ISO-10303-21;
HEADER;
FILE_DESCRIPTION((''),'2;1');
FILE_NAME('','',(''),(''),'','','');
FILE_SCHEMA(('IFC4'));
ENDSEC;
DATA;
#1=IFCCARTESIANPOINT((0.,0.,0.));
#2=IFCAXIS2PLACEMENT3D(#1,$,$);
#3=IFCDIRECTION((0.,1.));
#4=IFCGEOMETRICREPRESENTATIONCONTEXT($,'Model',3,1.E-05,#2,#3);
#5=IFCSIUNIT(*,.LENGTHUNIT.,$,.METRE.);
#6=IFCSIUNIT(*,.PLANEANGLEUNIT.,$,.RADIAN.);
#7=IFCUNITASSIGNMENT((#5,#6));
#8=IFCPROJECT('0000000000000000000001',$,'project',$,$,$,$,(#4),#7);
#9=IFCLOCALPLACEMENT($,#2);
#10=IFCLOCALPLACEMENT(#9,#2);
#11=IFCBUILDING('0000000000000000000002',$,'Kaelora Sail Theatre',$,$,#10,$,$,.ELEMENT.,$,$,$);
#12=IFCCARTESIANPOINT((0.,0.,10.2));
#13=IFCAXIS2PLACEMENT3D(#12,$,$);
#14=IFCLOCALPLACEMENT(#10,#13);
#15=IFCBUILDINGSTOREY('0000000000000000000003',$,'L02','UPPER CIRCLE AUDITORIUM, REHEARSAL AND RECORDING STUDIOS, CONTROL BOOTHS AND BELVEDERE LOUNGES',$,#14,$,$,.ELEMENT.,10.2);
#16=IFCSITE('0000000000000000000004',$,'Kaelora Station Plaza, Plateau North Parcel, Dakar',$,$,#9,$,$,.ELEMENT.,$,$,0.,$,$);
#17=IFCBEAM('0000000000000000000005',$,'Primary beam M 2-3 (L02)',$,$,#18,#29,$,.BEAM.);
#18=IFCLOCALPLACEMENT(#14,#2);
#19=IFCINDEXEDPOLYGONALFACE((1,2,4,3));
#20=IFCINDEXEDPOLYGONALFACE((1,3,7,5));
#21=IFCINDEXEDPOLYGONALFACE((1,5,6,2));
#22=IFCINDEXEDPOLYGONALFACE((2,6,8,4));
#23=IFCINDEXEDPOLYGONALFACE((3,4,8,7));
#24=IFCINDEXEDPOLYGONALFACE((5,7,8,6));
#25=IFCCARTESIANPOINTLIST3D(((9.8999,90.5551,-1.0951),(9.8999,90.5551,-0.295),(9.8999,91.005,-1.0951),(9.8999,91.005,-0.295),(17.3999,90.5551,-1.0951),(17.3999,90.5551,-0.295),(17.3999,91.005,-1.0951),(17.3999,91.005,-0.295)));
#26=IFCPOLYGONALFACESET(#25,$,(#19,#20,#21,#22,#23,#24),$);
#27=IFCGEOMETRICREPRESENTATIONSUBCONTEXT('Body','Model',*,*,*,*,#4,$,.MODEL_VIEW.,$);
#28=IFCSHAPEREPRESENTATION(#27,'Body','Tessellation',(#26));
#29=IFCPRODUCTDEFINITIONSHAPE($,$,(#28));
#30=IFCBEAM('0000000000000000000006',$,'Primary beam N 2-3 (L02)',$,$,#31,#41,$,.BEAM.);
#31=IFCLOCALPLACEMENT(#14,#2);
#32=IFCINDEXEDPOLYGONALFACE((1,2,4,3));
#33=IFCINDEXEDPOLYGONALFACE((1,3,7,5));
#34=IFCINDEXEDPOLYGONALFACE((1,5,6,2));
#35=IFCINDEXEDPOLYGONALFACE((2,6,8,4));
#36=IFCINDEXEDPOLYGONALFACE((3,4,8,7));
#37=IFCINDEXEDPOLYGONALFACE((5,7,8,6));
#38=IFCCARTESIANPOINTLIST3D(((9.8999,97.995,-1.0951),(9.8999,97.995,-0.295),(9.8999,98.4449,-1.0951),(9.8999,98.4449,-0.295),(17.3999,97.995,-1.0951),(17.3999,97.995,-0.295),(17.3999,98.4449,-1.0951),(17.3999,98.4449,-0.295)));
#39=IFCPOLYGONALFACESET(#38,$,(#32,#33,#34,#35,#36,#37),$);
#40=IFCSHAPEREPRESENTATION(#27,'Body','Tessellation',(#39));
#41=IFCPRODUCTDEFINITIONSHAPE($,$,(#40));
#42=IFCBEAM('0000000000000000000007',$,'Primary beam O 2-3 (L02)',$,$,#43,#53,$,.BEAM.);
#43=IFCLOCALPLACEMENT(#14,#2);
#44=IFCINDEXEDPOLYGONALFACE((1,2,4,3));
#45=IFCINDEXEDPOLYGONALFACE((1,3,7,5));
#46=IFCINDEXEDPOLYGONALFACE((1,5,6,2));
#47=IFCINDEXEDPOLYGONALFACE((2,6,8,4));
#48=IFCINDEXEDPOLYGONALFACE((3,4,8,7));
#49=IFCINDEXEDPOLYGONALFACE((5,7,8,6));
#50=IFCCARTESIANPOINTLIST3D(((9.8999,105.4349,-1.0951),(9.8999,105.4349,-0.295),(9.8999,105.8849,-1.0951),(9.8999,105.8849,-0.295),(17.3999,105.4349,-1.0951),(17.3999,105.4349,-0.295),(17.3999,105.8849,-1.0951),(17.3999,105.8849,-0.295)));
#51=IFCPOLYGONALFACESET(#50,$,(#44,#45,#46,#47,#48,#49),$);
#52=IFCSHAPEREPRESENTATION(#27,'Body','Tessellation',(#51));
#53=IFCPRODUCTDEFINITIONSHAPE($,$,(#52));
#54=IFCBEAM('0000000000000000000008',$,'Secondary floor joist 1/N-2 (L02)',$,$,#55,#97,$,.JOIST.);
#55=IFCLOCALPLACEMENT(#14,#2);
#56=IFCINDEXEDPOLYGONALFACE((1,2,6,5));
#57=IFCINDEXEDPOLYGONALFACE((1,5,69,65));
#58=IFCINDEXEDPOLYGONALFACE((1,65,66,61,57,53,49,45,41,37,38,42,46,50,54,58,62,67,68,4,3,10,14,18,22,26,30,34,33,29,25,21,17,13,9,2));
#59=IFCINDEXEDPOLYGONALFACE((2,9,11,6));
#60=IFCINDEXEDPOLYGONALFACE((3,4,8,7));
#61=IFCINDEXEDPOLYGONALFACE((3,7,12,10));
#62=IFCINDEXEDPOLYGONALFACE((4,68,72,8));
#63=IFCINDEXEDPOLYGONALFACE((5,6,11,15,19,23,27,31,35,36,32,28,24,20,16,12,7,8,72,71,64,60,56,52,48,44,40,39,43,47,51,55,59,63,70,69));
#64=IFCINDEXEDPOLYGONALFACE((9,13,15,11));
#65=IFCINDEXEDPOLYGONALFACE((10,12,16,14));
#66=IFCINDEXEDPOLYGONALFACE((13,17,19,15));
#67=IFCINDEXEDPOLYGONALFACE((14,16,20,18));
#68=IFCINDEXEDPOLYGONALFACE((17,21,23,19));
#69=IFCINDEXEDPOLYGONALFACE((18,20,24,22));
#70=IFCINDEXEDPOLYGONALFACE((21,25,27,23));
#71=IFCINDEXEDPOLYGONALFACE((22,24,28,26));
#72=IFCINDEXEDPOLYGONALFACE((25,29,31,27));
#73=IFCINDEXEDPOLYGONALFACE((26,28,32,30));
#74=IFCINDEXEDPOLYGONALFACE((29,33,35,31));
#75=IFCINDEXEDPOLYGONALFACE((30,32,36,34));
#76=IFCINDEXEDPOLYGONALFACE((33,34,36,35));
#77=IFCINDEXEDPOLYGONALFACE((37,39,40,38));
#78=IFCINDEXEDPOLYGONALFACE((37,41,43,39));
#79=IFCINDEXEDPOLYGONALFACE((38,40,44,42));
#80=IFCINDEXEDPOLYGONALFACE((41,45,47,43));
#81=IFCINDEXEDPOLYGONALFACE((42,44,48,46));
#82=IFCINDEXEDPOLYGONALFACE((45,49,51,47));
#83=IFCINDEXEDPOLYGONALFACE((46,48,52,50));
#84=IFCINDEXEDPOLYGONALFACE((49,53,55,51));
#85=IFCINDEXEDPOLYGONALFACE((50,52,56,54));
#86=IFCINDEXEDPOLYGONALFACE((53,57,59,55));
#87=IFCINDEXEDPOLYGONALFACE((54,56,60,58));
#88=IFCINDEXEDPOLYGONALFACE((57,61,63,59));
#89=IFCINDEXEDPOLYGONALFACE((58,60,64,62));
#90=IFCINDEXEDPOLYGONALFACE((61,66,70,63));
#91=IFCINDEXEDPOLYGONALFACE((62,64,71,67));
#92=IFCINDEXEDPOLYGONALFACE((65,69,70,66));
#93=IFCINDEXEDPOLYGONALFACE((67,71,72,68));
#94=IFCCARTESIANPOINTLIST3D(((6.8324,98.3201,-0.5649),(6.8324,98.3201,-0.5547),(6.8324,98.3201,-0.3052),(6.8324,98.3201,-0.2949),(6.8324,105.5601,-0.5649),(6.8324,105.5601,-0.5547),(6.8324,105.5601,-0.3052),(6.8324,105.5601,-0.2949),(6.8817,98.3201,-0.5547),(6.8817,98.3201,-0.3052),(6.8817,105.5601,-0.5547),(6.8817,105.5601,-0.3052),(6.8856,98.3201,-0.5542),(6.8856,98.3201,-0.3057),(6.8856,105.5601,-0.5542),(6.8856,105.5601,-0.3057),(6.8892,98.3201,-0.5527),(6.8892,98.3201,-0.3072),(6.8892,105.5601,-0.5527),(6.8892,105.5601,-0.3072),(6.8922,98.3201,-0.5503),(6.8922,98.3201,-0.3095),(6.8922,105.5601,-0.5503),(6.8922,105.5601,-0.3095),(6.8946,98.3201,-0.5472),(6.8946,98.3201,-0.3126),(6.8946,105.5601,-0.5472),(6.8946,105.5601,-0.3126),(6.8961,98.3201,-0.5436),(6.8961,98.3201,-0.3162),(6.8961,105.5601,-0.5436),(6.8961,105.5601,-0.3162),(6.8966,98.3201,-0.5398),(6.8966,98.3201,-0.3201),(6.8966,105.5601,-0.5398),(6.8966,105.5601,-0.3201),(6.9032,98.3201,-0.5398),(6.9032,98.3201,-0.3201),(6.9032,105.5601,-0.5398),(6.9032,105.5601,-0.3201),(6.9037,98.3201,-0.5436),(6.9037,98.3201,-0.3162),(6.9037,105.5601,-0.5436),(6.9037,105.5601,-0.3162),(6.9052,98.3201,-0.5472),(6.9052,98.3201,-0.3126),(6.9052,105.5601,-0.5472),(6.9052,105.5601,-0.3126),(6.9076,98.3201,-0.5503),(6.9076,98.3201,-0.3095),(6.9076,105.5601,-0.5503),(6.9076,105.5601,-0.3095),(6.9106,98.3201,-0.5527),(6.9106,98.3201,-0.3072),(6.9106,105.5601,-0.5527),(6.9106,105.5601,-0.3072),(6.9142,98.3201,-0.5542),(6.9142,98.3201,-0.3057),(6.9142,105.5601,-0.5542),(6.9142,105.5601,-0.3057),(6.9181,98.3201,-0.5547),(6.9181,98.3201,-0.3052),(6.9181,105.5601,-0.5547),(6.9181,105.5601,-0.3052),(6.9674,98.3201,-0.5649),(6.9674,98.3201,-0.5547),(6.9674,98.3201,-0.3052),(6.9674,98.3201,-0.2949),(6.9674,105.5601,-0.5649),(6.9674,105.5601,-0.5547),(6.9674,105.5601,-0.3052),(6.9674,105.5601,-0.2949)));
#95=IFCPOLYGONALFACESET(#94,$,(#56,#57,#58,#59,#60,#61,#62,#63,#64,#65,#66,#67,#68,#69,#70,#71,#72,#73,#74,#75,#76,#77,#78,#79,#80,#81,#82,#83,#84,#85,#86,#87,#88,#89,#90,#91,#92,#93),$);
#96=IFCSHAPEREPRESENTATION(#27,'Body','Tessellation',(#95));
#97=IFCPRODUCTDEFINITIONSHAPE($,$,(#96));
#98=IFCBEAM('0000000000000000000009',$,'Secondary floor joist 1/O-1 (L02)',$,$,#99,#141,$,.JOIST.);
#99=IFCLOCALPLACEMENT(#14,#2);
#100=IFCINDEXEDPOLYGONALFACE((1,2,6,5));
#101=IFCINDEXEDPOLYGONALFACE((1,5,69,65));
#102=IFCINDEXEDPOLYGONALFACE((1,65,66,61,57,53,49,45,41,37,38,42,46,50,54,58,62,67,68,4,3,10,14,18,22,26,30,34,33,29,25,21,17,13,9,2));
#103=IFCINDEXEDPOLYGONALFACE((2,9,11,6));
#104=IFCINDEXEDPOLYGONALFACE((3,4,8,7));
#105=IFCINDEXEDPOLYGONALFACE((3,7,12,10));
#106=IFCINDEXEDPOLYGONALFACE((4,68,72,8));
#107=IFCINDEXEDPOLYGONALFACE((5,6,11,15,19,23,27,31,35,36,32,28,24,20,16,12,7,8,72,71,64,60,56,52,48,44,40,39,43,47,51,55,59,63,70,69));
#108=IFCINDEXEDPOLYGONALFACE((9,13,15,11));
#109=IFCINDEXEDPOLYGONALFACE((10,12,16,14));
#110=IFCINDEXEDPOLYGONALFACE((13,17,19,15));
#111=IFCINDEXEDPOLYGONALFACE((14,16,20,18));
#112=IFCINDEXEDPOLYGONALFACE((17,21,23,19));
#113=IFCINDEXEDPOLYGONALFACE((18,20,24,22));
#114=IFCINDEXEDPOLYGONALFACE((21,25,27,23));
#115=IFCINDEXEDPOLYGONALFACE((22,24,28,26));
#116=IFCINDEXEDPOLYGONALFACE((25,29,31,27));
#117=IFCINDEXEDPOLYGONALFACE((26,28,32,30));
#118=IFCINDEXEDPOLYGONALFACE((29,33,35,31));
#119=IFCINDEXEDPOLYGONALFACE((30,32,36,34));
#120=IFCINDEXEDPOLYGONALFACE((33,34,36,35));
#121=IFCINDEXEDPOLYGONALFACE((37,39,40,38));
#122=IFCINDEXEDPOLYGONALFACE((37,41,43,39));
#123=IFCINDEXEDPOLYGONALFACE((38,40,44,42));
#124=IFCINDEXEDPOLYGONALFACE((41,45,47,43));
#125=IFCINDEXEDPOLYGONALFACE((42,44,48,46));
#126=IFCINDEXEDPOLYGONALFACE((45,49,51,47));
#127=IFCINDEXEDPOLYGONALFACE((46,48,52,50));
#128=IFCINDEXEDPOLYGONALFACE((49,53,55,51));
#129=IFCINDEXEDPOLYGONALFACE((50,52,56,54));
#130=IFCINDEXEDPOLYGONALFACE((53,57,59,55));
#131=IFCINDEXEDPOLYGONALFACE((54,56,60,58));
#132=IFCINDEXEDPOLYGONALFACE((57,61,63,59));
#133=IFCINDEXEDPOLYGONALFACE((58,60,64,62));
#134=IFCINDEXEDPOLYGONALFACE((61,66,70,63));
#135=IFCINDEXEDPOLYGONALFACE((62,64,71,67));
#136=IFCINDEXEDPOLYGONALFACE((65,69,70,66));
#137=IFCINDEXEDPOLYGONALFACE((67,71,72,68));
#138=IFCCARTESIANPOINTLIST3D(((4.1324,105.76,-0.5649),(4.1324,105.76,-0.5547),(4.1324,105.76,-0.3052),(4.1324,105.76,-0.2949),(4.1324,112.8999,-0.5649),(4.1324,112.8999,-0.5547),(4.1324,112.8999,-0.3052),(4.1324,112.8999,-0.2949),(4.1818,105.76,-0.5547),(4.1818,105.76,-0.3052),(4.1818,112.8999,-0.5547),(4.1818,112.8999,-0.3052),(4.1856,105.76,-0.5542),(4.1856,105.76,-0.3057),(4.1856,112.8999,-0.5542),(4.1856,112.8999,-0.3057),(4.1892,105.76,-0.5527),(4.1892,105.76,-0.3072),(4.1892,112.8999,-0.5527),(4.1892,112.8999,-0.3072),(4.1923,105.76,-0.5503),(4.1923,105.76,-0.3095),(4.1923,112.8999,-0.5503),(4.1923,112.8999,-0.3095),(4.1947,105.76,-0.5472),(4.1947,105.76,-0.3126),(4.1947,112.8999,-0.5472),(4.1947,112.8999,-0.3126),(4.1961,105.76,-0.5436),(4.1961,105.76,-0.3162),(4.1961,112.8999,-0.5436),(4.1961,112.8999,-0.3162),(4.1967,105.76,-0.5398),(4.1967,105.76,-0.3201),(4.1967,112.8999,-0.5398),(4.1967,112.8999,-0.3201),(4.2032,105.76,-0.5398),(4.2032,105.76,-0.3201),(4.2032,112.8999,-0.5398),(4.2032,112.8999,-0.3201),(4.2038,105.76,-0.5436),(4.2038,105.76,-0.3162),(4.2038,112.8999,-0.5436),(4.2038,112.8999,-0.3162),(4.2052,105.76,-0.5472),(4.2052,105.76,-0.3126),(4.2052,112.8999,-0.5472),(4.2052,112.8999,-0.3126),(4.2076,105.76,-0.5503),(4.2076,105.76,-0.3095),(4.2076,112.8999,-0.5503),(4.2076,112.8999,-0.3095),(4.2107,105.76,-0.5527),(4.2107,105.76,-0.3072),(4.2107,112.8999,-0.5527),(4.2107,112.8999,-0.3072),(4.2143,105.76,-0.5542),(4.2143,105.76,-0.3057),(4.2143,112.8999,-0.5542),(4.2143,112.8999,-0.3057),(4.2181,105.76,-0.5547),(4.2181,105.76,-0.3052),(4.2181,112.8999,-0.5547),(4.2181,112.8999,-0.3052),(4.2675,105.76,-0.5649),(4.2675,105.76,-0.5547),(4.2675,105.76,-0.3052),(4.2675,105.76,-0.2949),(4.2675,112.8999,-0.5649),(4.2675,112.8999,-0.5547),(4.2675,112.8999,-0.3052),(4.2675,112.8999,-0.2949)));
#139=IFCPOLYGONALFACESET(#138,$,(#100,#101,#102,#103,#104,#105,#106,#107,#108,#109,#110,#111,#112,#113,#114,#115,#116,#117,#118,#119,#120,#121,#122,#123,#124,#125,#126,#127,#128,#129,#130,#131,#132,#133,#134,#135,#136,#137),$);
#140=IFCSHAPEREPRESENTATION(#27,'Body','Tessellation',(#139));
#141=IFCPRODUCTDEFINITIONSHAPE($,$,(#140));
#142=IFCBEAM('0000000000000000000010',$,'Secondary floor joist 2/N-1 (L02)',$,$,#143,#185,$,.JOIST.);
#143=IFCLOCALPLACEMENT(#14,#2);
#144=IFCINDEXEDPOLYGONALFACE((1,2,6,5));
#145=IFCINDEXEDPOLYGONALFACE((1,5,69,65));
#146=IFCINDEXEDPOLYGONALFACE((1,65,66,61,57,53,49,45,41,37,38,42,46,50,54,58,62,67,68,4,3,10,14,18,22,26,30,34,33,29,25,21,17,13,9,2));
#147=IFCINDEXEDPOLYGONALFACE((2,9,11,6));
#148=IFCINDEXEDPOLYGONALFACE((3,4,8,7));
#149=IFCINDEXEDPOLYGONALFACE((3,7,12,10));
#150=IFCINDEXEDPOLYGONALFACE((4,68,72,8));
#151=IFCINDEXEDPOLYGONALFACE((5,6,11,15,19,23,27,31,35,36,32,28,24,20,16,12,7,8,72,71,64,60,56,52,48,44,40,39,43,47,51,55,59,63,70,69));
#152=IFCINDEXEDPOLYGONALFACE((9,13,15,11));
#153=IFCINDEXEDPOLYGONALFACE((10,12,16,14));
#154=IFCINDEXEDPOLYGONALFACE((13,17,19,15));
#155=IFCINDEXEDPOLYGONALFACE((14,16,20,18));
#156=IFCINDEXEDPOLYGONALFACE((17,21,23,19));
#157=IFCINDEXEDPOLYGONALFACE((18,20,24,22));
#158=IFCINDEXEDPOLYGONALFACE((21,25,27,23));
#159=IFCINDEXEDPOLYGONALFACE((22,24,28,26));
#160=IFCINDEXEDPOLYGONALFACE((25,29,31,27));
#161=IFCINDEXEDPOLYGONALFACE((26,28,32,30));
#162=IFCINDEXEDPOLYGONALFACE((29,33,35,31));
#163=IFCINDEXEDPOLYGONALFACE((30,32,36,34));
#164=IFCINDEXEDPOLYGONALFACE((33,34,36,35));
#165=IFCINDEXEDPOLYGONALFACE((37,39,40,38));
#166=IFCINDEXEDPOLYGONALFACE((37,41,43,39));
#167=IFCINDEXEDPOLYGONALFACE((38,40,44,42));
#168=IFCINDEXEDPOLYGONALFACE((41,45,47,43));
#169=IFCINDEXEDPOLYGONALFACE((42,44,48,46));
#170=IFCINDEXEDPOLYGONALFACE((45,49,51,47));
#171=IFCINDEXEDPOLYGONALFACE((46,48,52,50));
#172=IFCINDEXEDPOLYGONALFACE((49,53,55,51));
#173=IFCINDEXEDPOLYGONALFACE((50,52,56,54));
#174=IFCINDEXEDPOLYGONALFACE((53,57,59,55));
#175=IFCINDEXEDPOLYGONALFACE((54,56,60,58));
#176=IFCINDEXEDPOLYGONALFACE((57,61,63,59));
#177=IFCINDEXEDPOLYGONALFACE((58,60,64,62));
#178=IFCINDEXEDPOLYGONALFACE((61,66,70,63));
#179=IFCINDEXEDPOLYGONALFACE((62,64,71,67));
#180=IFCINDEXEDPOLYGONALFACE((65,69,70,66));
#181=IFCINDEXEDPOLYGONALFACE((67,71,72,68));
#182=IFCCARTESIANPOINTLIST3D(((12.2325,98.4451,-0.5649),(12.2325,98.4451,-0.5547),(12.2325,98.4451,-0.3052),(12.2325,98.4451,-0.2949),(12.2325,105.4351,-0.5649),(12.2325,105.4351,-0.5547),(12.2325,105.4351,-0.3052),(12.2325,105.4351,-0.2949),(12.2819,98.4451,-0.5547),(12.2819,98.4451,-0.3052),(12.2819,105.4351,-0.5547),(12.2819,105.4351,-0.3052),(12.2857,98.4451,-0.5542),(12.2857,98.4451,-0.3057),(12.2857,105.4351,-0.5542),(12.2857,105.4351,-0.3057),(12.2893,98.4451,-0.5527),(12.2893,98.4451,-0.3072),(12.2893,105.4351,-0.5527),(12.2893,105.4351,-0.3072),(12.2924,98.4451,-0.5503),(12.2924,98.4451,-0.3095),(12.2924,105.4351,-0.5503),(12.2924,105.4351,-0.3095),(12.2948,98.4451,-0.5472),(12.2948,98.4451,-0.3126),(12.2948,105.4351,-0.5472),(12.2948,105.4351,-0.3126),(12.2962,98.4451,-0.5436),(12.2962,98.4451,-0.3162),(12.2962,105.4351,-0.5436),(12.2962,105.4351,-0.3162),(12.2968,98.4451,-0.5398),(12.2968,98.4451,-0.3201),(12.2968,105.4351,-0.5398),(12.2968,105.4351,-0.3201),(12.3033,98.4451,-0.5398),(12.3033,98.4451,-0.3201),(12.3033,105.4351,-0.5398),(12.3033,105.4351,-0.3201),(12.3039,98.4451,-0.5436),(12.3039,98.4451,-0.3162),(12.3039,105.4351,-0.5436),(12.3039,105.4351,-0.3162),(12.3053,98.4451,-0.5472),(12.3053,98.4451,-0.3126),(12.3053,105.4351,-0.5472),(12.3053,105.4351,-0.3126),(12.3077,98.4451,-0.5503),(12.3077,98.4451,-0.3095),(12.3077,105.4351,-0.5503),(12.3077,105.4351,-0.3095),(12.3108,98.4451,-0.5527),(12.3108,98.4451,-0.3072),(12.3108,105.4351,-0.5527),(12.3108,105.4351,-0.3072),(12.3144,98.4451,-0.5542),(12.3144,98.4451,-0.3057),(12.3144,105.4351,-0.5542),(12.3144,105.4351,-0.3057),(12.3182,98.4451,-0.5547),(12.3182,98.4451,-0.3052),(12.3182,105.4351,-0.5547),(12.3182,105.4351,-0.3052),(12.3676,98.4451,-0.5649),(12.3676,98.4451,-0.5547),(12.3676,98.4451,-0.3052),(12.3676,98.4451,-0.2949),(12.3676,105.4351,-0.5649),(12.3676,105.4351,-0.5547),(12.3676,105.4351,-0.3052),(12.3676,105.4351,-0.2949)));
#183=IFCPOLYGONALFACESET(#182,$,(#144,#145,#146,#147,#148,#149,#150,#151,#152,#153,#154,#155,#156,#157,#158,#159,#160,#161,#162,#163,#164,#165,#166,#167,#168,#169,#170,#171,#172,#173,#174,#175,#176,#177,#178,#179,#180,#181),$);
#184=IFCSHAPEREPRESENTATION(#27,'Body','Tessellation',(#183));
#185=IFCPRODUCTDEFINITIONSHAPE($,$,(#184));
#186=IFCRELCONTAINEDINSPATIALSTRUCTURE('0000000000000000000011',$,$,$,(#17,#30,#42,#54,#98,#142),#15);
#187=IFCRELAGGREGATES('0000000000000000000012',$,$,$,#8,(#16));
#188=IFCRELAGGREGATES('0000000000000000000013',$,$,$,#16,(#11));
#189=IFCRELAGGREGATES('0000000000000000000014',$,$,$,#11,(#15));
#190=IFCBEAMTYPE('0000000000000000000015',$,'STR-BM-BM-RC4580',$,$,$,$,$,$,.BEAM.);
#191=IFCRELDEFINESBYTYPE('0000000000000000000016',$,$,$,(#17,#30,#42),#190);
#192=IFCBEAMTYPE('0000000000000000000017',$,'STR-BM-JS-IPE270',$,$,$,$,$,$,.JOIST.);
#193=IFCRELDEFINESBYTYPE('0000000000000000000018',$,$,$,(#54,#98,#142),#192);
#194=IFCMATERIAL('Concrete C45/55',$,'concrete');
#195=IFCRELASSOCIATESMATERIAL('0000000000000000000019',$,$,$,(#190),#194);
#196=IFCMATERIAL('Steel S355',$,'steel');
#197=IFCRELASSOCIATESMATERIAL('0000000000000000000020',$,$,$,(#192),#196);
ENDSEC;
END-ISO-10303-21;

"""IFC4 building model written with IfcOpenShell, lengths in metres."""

from ifc_helpers import new_model, si_unit, direction, frame, origin, origin_2d, place, context, subcontext, project, spatial, rectangle, i_section, extrude, material, material_profile, profile_set, type_object, element, save


model = new_model("IFC4")

# Units and contexts
model_context = context("Model", 3, precision=1e-05, world=origin(), true_north=direction((0.0, 1.0)))
body_context = subcontext(model_context, "Body", "Model", "MODEL_VIEW")
ifc_project = project(units=[si_unit("LENGTHUNIT", "METRE"), si_unit("PLANEANGLEUNIT", "RADIAN")], contexts=[model_context])

# Site, building, storey
site_placement = place(None, origin())
site = spatial("IfcSite", under=ifc_project, at=site_placement, Name="Kaelora Station Plaza, Plateau North Parcel, Dakar", CompositionType="ELEMENT", RefElevation=0.0)
building_placement = place(site_placement, origin())
building = spatial("IfcBuilding", under=site, at=building_placement, Name="Kaelora Sail Theatre", CompositionType="ELEMENT")
storey_placement = place(building_placement, frame((0.0, 0.0, 10.2)))
storey = spatial("IfcBuildingStorey", under=building, at=storey_placement, Name="L02", Description="UPPER CIRCLE AUDITORIUM, REHEARSAL AND RECORDING STUDIOS, CONTROL BOOTHS AND BELVEDERE LOUNGES", CompositionType="ELEMENT", Elevation=10.2)

# Beams
ifc_material_1 = material(Name="Concrete C45/55", Category="concrete")
ifc_material_profile_1 = material_profile(ifc_material_1, rectangle(XDim=0.45, YDim=0.8, at=origin_2d()), Name="RC-BM 450x800")
ifc_profile_set_1 = profile_set([ifc_material_profile_1], Name="Concrete C45/55")
beam_type_1 = type_object("IfcBeamType", Name="STR-BM-BM-RC4580", PredefinedType="BEAM", material=ifc_profile_set_1)
for number, where, z_axis, x_axis, name in (
    (1, (9.8999, 90.78, -0.6951), (1.0, 0.0, 0.0), (0.0, 1.0, 0.0), "Primary beam M 2-3 (L02)"),
    (2, (9.8999, 98.22, -0.6951), (1.0, 0.0, 0.0), (0.0, 1.0, 0.0), "Primary beam N 2-3 (L02)"),
    (3, (9.8999, 105.6599, -0.6951), (1.0, 0.0, 0.0), (0.0, 1.0, 0.0), "Primary beam O 2-3 (L02)"),
):
    element("IfcBeam", number, at=place(storey_placement, frame(where, z_axis=z_axis, x_axis=x_axis)), inside=storey, type_object=beam_type_1, Name=name, PredefinedType="BEAM", context=body_context, shape_type="SweptSolid", body=[
        extrude(rectangle(XDim=0.45, YDim=0.8, at=origin_2d()), origin(), (0.0, 0.0, 1.0), 7.5),
    ])
ifc_material_2 = material(Name="Steel S355", Category="steel")
ifc_material_profile_2 = material_profile(ifc_material_2, i_section(OverallWidth=0.135, OverallDepth=0.27, WebThickness=0.0066, FlangeThickness=0.0103, FilletRadius=0.0149, at=origin_2d()), Name="IPE 270")
ifc_profile_set_2 = profile_set([ifc_material_profile_2], Name="Steel S355")
beam_type_2 = type_object("IfcBeamType", Name="STR-BM-JS-IPE270", PredefinedType="JOIST", material=ifc_profile_set_2)
beam_1_placement = place(storey_placement, frame((6.8999, 98.3201, -0.4299), z_axis=(0.0, 1.0, 0.0), x_axis=(-1.0, 0.0, 0.0)))
element("IfcBeam", 4, at=beam_1_placement, inside=storey, type_object=beam_type_2, Name="Secondary floor joist 1/N-2 (L02)", PredefinedType="JOIST", context=body_context, shape_type="SweptSolid", body=[
    extrude(i_section(OverallWidth=0.135, OverallDepth=0.27, WebThickness=0.0066, FlangeThickness=0.0103, FilletRadius=0.0149, at=origin_2d()), origin(), (0.0, 0.0, 1.0), 7.24),
])
beam_2_placement = place(storey_placement, frame((4.2, 105.76, -0.4299), z_axis=(0.0, 1.0, 0.0), x_axis=(-1.0, 0.0, 0.0)))
element("IfcBeam", 5, at=beam_2_placement, inside=storey, type_object=beam_type_2, Name="Secondary floor joist 1/O-1 (L02)", PredefinedType="JOIST", context=body_context, shape_type="SweptSolid", body=[
    extrude(i_section(OverallWidth=0.135, OverallDepth=0.27, WebThickness=0.0066, FlangeThickness=0.0103, FilletRadius=0.0149, at=origin_2d()), origin(), (0.0, 0.0, 1.0), 7.1399),
])
beam_3_placement = place(storey_placement, frame((12.3, 98.4451, -0.4299), z_axis=(0.0, 1.0, 0.0), x_axis=(-1.0, 0.0, 0.0)))
element("IfcBeam", 6, at=beam_3_placement, inside=storey, type_object=beam_type_2, Name="Secondary floor joist 2/N-1 (L02)", PredefinedType="JOIST", context=body_context, shape_type="SweptSolid", body=[
    extrude(i_section(OverallWidth=0.135, OverallDepth=0.27, WebThickness=0.0066, FlangeThickness=0.0103, FilletRadius=0.0149, at=origin_2d()), origin(), (0.0, 0.0, 1.0), 6.99),
])

save(model, "model.ifc")
